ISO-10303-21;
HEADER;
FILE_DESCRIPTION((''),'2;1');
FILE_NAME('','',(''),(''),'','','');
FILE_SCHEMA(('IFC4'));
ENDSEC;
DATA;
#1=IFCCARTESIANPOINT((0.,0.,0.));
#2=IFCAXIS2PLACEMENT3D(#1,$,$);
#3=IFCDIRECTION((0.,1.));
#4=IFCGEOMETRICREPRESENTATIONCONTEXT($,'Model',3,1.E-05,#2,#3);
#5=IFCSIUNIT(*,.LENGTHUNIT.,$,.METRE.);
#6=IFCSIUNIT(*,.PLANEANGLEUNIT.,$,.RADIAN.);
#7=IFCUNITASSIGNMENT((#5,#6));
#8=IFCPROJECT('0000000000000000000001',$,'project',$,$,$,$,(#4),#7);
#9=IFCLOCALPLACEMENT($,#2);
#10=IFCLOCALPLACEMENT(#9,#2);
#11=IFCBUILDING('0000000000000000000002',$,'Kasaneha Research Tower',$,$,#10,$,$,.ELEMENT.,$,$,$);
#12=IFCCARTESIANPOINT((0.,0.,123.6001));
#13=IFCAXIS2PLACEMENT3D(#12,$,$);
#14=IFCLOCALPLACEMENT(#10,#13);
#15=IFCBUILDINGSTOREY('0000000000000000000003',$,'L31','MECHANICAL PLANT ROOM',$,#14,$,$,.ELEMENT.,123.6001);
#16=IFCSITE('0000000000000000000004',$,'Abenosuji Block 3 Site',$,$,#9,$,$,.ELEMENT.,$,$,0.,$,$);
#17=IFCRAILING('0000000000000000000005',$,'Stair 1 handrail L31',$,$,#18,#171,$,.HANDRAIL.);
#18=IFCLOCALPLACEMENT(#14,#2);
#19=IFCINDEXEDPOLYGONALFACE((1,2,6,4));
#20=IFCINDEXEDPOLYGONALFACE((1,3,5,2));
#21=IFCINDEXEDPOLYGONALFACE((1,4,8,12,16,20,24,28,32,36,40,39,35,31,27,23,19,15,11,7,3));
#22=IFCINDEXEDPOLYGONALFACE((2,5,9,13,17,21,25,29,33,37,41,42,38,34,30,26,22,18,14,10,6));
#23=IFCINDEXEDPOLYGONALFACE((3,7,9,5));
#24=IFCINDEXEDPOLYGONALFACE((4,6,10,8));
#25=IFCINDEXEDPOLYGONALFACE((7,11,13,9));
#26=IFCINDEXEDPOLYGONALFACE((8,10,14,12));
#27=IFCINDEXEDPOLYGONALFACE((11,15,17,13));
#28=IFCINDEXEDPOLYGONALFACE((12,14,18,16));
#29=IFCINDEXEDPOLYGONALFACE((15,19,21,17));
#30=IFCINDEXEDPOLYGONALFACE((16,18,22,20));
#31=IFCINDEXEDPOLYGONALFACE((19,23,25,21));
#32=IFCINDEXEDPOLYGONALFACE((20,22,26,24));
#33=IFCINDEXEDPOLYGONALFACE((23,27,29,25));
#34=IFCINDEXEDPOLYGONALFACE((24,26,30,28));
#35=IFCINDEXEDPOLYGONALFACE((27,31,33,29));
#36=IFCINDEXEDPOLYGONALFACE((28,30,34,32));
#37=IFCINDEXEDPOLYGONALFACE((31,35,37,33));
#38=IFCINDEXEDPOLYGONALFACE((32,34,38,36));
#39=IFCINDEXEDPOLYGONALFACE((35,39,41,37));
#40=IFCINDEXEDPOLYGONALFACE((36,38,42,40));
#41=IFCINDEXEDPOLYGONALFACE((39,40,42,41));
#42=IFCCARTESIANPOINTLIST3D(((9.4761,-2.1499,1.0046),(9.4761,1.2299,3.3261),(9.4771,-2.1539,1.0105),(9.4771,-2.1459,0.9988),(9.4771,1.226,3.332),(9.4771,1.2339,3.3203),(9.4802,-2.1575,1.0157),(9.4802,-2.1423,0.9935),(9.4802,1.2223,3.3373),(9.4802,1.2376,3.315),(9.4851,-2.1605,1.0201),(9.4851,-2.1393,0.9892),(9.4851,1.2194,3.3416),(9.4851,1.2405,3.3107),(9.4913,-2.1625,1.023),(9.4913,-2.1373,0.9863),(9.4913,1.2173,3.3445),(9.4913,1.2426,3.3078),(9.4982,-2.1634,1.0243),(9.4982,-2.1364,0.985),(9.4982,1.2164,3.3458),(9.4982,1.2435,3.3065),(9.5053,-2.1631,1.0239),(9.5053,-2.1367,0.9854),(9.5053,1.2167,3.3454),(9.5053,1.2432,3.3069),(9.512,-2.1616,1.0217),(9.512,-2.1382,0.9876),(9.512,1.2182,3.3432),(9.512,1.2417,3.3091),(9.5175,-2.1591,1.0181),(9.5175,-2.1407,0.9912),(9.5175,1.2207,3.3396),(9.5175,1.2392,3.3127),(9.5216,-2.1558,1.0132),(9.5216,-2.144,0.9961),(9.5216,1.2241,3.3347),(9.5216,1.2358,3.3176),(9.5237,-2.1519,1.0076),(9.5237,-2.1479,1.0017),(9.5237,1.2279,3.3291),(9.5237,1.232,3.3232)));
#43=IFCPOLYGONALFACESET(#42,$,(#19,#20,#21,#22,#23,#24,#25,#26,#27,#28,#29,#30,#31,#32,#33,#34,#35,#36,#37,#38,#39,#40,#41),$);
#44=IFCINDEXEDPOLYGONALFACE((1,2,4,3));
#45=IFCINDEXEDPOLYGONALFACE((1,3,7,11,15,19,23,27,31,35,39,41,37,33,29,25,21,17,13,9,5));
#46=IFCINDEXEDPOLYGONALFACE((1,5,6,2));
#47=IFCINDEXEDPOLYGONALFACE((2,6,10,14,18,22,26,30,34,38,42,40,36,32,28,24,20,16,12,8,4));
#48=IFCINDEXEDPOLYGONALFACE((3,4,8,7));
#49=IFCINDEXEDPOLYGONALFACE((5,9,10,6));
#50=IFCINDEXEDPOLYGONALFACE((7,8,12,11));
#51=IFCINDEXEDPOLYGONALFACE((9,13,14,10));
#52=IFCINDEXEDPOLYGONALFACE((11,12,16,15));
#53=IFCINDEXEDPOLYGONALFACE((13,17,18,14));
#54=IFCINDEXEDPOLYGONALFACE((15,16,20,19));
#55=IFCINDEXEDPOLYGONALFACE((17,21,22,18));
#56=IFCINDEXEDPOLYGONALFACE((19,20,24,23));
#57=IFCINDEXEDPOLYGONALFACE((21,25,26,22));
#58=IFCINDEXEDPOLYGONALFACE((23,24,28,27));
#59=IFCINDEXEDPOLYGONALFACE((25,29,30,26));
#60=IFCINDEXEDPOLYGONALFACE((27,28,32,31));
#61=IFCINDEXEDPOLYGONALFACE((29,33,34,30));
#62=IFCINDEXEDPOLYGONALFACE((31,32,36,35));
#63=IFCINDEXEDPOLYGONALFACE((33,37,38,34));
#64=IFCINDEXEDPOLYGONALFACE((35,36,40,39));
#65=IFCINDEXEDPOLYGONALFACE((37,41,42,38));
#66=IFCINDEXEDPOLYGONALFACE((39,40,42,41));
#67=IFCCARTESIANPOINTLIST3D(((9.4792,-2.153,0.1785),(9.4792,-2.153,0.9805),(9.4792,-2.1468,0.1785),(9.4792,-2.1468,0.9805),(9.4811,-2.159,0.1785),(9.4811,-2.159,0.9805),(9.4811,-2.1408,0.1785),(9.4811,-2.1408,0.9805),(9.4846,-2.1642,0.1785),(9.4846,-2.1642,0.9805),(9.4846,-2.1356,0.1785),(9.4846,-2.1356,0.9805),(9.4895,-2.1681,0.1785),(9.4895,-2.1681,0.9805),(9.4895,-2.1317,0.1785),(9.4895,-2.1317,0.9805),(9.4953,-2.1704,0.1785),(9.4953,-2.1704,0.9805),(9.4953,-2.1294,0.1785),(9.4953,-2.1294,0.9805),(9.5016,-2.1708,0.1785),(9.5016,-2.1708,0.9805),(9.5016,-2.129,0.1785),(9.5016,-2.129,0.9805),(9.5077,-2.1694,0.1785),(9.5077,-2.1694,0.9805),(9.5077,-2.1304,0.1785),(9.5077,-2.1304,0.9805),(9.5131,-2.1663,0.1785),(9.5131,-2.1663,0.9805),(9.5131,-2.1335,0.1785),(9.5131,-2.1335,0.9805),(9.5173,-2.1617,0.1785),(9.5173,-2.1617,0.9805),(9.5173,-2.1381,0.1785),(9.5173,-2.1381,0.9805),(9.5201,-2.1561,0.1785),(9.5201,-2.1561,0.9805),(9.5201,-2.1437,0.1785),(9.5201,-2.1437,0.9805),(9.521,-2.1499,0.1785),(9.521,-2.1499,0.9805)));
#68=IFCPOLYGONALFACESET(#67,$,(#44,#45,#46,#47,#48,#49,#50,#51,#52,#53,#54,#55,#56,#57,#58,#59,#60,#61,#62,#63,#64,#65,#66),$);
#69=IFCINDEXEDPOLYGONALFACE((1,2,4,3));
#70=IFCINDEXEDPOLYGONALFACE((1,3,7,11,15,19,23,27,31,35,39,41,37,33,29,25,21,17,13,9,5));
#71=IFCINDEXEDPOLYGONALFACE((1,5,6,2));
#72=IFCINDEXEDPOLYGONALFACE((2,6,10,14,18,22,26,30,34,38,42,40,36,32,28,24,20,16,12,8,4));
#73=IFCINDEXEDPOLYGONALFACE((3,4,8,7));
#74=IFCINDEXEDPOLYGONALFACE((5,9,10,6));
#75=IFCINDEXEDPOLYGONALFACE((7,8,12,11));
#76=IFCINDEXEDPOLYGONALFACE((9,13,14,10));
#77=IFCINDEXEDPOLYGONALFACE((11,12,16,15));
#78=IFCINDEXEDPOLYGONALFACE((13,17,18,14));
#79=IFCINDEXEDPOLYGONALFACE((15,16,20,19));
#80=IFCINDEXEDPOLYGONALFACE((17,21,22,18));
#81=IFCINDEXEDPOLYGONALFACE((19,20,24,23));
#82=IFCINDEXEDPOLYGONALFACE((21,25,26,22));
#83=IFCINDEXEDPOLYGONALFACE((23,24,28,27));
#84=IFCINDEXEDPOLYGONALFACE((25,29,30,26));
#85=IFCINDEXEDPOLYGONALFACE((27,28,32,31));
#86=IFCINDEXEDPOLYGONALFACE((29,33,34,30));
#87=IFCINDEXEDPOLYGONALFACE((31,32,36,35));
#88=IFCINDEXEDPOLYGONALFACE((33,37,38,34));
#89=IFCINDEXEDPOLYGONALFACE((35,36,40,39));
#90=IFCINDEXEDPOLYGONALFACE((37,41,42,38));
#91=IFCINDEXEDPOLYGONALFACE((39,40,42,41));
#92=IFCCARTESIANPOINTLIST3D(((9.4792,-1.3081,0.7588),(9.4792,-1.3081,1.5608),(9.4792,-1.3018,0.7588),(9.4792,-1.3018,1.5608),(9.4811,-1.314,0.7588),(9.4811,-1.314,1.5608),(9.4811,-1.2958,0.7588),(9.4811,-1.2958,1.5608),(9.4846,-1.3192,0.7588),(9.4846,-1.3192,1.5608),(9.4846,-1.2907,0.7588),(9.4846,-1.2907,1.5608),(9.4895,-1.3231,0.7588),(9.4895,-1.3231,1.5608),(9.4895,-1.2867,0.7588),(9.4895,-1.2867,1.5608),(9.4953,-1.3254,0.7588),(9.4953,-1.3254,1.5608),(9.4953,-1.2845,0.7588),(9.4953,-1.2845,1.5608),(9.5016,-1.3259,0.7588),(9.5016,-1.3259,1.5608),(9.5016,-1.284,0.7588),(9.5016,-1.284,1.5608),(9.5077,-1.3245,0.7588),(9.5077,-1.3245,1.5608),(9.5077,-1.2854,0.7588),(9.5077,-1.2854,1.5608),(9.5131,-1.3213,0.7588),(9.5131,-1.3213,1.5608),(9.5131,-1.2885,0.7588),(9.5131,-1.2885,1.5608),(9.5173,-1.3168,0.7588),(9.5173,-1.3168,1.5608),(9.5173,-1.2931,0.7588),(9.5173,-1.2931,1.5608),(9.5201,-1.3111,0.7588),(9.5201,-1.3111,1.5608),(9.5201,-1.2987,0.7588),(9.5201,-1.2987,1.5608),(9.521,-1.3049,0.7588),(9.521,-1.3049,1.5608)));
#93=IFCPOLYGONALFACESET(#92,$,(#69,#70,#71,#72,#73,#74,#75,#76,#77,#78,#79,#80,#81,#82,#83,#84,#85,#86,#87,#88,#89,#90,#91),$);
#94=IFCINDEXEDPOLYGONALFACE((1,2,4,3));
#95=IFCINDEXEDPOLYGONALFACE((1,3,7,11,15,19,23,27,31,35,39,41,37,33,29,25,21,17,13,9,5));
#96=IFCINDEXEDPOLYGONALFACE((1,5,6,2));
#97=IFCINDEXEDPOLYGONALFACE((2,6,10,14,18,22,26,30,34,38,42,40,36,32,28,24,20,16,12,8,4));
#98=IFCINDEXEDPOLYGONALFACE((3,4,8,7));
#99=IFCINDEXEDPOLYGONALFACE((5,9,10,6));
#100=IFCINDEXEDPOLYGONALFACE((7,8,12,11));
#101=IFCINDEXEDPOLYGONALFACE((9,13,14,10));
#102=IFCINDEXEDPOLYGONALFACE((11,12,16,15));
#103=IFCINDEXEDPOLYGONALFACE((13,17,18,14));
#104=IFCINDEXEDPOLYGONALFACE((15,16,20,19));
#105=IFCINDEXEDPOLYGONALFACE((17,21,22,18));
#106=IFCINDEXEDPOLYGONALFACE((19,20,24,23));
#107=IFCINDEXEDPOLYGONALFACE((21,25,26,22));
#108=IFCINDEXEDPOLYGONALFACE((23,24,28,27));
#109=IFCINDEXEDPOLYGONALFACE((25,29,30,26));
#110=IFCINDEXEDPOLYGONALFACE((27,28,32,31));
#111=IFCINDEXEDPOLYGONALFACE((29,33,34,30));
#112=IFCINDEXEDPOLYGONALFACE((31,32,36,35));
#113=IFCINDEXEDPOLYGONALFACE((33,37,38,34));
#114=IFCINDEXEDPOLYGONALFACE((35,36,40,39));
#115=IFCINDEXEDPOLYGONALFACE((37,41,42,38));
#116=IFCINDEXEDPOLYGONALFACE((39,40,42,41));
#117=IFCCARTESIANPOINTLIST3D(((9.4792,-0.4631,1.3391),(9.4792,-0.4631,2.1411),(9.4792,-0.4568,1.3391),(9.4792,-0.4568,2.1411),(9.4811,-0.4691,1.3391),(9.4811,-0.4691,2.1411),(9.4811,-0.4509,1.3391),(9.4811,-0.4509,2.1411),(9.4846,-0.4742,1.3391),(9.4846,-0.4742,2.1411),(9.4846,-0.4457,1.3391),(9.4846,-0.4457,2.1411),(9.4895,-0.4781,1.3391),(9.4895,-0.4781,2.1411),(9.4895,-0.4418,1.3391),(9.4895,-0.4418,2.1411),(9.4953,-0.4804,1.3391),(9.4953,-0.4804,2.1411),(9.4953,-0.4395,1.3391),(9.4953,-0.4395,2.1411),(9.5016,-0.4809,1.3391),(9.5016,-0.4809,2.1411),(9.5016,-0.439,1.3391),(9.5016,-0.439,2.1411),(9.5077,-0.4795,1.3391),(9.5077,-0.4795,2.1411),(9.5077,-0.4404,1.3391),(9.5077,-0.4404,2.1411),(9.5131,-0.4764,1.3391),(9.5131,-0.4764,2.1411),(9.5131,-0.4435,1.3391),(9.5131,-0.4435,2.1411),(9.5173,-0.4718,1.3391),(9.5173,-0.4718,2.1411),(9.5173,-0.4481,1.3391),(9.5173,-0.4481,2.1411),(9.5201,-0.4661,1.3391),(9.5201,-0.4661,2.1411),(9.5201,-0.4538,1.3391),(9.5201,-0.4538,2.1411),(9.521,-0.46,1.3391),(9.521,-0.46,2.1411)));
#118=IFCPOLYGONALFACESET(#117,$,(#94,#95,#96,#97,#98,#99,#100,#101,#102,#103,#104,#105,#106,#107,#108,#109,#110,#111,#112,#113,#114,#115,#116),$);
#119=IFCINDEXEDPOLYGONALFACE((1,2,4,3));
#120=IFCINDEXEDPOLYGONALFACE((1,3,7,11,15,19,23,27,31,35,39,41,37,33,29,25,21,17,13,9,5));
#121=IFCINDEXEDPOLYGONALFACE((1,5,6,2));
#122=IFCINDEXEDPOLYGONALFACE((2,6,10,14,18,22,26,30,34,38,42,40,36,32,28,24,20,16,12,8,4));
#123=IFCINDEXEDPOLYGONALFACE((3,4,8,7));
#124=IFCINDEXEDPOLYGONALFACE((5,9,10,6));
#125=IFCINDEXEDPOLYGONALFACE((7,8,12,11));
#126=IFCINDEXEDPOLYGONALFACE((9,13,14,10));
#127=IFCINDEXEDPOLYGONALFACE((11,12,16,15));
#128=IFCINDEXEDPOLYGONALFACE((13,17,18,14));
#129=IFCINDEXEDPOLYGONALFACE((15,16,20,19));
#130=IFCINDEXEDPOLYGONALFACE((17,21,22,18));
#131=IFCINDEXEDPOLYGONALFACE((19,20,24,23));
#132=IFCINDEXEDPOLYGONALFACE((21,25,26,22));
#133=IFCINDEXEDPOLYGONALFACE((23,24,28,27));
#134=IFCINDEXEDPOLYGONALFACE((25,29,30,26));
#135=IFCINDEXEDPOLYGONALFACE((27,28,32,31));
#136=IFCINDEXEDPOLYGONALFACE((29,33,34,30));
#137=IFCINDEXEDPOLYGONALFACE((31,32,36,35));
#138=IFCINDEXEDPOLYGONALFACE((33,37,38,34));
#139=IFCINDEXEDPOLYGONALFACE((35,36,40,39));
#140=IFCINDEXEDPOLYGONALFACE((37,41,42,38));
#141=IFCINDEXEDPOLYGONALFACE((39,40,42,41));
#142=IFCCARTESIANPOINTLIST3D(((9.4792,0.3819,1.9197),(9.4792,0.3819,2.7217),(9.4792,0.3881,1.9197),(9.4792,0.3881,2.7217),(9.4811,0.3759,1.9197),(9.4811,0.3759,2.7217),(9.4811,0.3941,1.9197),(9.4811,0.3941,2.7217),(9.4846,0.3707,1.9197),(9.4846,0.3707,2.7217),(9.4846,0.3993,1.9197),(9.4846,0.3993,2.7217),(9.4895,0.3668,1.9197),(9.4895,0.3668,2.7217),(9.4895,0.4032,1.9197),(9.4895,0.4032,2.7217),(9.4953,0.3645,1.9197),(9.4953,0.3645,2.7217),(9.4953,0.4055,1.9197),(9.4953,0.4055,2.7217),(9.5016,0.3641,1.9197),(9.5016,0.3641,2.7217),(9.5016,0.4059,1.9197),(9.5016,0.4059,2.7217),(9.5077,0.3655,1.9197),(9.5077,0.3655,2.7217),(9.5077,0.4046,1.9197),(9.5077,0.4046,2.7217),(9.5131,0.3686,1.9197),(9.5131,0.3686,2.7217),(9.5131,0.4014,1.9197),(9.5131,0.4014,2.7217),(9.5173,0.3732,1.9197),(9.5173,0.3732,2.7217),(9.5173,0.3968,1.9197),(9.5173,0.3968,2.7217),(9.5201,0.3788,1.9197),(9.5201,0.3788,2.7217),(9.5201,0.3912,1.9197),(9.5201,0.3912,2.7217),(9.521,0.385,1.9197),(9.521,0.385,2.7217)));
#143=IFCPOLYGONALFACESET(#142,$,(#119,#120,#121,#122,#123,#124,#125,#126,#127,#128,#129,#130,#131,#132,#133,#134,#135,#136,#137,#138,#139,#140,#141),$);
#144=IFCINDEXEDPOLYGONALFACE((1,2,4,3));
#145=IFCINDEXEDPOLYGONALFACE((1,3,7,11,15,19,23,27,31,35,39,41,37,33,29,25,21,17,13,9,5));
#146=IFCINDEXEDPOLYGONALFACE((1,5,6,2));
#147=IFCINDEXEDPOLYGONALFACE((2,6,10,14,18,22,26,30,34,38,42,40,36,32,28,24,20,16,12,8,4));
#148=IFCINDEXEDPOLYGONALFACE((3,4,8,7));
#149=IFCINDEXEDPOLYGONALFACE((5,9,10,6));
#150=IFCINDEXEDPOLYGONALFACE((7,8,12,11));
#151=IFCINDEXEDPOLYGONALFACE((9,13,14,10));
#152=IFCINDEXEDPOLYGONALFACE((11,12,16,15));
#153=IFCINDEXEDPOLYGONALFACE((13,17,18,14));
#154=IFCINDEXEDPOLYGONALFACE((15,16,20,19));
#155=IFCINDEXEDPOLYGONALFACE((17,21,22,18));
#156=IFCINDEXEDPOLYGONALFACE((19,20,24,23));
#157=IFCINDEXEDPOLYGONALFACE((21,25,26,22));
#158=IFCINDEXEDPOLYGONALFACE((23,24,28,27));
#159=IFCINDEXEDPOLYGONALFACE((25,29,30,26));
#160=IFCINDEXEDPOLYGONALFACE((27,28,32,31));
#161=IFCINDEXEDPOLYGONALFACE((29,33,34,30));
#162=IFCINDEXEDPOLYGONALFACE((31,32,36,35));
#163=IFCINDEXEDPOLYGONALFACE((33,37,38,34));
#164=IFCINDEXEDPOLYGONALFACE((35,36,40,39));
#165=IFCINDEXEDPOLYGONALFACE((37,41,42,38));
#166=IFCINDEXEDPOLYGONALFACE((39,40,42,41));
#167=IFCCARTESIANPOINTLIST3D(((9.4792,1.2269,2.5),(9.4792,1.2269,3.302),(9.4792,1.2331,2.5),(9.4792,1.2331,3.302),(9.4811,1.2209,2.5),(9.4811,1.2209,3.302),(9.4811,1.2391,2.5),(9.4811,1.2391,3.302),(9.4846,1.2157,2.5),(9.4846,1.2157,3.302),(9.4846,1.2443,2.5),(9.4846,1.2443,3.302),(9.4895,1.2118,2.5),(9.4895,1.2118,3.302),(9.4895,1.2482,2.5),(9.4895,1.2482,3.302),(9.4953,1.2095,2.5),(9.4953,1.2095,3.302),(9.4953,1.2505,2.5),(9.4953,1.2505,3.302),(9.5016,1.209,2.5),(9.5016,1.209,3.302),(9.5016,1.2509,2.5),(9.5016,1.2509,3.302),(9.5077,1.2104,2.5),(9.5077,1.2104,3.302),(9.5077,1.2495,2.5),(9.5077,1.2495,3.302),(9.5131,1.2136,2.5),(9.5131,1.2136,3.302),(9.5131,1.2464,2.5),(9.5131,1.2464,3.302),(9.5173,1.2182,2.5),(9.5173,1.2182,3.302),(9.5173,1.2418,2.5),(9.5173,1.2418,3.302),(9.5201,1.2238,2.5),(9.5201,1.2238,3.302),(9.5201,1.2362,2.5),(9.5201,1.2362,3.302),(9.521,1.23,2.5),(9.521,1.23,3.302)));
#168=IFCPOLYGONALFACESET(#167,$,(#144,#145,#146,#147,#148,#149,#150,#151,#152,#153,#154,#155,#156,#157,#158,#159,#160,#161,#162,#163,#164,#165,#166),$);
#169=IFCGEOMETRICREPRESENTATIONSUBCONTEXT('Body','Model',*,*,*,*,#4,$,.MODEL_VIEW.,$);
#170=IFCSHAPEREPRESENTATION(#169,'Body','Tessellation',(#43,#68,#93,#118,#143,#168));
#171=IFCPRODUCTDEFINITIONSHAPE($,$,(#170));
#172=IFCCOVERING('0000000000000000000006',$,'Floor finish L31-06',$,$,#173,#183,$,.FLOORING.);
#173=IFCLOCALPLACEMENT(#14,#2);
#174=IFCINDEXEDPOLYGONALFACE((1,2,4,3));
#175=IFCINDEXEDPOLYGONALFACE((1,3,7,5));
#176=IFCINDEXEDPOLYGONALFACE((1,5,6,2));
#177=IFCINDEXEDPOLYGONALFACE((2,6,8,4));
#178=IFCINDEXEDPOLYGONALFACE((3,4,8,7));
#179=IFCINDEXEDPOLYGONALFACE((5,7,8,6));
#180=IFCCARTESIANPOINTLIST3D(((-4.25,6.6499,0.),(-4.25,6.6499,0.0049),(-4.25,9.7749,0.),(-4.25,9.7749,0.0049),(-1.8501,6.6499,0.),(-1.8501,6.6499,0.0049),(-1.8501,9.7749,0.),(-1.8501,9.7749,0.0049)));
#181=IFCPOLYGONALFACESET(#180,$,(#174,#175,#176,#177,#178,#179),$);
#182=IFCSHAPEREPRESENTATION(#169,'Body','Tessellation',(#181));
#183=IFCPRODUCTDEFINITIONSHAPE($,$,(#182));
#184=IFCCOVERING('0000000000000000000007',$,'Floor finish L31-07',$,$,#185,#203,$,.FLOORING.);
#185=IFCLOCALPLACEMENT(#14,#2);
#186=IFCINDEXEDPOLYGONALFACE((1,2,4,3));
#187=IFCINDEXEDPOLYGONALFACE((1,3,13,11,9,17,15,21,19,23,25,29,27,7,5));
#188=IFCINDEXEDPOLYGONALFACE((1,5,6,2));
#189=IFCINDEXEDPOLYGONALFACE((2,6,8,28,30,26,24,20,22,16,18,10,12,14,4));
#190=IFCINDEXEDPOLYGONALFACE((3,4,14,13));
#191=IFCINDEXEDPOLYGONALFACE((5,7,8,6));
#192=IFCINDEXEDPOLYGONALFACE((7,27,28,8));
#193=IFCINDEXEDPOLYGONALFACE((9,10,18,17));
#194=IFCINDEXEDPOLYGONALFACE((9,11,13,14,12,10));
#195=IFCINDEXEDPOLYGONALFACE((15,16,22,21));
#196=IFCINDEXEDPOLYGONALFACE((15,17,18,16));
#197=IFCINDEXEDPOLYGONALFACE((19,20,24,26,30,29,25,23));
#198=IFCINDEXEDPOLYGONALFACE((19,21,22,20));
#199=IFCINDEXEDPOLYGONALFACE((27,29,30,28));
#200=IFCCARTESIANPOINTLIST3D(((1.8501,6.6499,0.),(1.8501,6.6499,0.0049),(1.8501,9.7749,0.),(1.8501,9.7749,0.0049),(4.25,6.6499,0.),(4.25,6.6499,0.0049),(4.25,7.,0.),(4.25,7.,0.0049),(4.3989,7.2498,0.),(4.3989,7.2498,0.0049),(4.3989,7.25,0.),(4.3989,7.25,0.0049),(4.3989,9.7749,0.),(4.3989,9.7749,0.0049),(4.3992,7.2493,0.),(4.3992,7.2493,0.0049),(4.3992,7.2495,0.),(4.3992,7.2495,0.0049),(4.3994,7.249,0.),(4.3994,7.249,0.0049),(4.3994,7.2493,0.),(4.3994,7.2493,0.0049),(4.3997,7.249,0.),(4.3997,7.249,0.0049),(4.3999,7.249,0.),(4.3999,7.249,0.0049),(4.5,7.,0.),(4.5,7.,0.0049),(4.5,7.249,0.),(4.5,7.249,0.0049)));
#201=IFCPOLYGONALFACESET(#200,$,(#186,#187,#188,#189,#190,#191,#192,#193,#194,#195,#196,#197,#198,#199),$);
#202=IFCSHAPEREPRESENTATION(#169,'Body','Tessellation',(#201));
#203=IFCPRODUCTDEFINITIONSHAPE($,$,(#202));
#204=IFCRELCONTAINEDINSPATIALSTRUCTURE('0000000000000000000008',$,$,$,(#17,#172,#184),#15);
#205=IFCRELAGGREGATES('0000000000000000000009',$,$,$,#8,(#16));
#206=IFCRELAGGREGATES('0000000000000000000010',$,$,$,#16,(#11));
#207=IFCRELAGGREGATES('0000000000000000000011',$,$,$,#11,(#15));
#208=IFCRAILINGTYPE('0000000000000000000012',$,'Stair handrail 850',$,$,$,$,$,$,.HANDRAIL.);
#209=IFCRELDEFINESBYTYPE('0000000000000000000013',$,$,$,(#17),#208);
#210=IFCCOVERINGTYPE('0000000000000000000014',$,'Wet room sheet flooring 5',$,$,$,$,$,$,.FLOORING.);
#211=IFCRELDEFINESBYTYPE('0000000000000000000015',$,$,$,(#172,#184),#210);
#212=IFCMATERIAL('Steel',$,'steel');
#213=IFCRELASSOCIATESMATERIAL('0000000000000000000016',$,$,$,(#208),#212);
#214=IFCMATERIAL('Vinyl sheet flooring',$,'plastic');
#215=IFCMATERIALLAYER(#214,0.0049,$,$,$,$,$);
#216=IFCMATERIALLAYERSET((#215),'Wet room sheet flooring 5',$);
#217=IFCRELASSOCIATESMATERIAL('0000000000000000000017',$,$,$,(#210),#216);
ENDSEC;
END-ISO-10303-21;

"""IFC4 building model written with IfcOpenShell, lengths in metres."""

from ifc_helpers import new_model, si_unit, direction, frame, origin, origin_2d, place, context, subcontext, project, spatial, polyline, circle, outline, extrude, material, layer, layer_set, type_object, element, save


model = new_model("IFC4")

# Units and contexts
model_context = context("Model", 3, precision=1e-05, world=origin(), true_north=direction((0.0, 1.0)))
body_context = subcontext(model_context, "Body", "Model", "MODEL_VIEW")
ifc_project = project(units=[si_unit("LENGTHUNIT", "METRE"), si_unit("PLANEANGLEUNIT", "RADIAN")], contexts=[model_context])

# Site, building, storey
site_placement = place(None, origin())
site = spatial("IfcSite", under=ifc_project, at=site_placement, Name="Abenosuji Block 3 Site", CompositionType="ELEMENT", RefElevation=0.0)
building_placement = place(site_placement, origin())
building = spatial("IfcBuilding", under=site, at=building_placement, Name="Kasaneha Research Tower", CompositionType="ELEMENT")
storey_placement = place(building_placement, frame((0.0, 0.0, 123.6001)))
storey = spatial("IfcBuildingStorey", under=building, at=storey_placement, Name="L31", Description="MECHANICAL PLANT ROOM", CompositionType="ELEMENT", Elevation=123.6001)

# Railing
ifc_material_1 = material(Name="Steel", Category="steel")
railing_type = type_object("IfcRailingType", Name="Stair handrail 850", PredefinedType="HANDRAIL", material=ifc_material_1)
railing_placement = place(storey_placement, frame((9.5, -2.1499, 0.1785)))
element("IfcRailing", 1, at=railing_placement, inside=storey, type_object=railing_type, Name="Stair 1 handrail L31", PredefinedType="HANDRAIL", context=body_context, shape_type="SweptSolid", body=[
    extrude(circle(Radius=0.0239, at=origin_2d()), frame((0.0, 0.0, 0.8262), z_axis=(0.0, 0.824285, 0.566175), x_axis=(-1.0, 0.0, 0.0)), (0.0, 0.0, 1.0), 4.1003),
    extrude(circle(Radius=0.021, at=origin_2d()), origin(), (0.0, 0.0, 1.0), 0.802),
    extrude(circle(Radius=0.021, at=origin_2d()), frame((0.0, 0.845, 0.5803)), (0.0, 0.0, 1.0), 0.802),
    extrude(circle(Radius=0.021, at=origin_2d()), frame((0.0, 1.6899, 1.1606)), (0.0, 0.0, 1.0), 0.802),
    extrude(circle(Radius=0.021, at=origin_2d()), frame((0.0, 2.5349, 1.7412)), (0.0, 0.0, 1.0), 0.802),
    extrude(circle(Radius=0.021, at=origin_2d()), frame((0.0, 3.3799, 2.3215)), (0.0, 0.0, 1.0), 0.802),
])

# Coverings
ifc_material_2 = material(Name="Vinyl sheet flooring", Category="plastic")
ifc_layer_1 = layer(ifc_material_2, 0.0049)
ifc_layer_set_1 = layer_set([ifc_layer_1], Name="Wet room sheet flooring 5")
covering_type = type_object("IfcCoveringType", Name="Wet room sheet flooring 5", PredefinedType="FLOORING", material=ifc_layer_set_1)
covering_1_placement = place(storey_placement, origin())
element("IfcCovering", 2, at=covering_1_placement, inside=storey, type_object=covering_type, Name="Floor finish L31-06", PredefinedType="FLOORING", context=body_context, shape_type="SweptSolid", body=[
    extrude(outline(polyline([(-1.8501, 9.7749), (-1.8501, 6.6499), (-4.25, 6.6499), (-4.25, 9.7749), (-1.8501, 9.7749)])), origin(), (0.0, 0.0, 1.0), 0.0049),
])
covering_2_placement = place(storey_placement, origin())
element("IfcCovering", 3, at=covering_2_placement, inside=storey, type_object=covering_type, Name="Floor finish L31-07", PredefinedType="FLOORING", context=body_context, shape_type="SweptSolid", body=[
    extrude(outline(polyline([(4.3989, 9.7749), (4.3989, 7.25), (4.3989, 7.25), (4.3989, 7.2498), (4.3989, 7.2498), (4.3992, 7.2495), (4.3992, 7.2495), (4.3992, 7.2495), (4.3992, 7.2493), (4.3992, 7.2493), (4.3994, 7.2493), (4.3994, 7.2493), (4.3994, 7.249), (4.3997, 7.249), (4.3997, 7.249), (4.3999, 7.249), (4.3999, 7.249), (4.3999, 7.249), (4.5, 7.249), (4.5, 7.0), (4.25, 7.0), (4.25, 6.6499), (1.8501, 6.6499), (1.8501, 9.7749), (4.3989, 9.7749)])), origin(), (0.0, 0.0, 1.0), 0.0049),
])

save(model, "model.ifc")
